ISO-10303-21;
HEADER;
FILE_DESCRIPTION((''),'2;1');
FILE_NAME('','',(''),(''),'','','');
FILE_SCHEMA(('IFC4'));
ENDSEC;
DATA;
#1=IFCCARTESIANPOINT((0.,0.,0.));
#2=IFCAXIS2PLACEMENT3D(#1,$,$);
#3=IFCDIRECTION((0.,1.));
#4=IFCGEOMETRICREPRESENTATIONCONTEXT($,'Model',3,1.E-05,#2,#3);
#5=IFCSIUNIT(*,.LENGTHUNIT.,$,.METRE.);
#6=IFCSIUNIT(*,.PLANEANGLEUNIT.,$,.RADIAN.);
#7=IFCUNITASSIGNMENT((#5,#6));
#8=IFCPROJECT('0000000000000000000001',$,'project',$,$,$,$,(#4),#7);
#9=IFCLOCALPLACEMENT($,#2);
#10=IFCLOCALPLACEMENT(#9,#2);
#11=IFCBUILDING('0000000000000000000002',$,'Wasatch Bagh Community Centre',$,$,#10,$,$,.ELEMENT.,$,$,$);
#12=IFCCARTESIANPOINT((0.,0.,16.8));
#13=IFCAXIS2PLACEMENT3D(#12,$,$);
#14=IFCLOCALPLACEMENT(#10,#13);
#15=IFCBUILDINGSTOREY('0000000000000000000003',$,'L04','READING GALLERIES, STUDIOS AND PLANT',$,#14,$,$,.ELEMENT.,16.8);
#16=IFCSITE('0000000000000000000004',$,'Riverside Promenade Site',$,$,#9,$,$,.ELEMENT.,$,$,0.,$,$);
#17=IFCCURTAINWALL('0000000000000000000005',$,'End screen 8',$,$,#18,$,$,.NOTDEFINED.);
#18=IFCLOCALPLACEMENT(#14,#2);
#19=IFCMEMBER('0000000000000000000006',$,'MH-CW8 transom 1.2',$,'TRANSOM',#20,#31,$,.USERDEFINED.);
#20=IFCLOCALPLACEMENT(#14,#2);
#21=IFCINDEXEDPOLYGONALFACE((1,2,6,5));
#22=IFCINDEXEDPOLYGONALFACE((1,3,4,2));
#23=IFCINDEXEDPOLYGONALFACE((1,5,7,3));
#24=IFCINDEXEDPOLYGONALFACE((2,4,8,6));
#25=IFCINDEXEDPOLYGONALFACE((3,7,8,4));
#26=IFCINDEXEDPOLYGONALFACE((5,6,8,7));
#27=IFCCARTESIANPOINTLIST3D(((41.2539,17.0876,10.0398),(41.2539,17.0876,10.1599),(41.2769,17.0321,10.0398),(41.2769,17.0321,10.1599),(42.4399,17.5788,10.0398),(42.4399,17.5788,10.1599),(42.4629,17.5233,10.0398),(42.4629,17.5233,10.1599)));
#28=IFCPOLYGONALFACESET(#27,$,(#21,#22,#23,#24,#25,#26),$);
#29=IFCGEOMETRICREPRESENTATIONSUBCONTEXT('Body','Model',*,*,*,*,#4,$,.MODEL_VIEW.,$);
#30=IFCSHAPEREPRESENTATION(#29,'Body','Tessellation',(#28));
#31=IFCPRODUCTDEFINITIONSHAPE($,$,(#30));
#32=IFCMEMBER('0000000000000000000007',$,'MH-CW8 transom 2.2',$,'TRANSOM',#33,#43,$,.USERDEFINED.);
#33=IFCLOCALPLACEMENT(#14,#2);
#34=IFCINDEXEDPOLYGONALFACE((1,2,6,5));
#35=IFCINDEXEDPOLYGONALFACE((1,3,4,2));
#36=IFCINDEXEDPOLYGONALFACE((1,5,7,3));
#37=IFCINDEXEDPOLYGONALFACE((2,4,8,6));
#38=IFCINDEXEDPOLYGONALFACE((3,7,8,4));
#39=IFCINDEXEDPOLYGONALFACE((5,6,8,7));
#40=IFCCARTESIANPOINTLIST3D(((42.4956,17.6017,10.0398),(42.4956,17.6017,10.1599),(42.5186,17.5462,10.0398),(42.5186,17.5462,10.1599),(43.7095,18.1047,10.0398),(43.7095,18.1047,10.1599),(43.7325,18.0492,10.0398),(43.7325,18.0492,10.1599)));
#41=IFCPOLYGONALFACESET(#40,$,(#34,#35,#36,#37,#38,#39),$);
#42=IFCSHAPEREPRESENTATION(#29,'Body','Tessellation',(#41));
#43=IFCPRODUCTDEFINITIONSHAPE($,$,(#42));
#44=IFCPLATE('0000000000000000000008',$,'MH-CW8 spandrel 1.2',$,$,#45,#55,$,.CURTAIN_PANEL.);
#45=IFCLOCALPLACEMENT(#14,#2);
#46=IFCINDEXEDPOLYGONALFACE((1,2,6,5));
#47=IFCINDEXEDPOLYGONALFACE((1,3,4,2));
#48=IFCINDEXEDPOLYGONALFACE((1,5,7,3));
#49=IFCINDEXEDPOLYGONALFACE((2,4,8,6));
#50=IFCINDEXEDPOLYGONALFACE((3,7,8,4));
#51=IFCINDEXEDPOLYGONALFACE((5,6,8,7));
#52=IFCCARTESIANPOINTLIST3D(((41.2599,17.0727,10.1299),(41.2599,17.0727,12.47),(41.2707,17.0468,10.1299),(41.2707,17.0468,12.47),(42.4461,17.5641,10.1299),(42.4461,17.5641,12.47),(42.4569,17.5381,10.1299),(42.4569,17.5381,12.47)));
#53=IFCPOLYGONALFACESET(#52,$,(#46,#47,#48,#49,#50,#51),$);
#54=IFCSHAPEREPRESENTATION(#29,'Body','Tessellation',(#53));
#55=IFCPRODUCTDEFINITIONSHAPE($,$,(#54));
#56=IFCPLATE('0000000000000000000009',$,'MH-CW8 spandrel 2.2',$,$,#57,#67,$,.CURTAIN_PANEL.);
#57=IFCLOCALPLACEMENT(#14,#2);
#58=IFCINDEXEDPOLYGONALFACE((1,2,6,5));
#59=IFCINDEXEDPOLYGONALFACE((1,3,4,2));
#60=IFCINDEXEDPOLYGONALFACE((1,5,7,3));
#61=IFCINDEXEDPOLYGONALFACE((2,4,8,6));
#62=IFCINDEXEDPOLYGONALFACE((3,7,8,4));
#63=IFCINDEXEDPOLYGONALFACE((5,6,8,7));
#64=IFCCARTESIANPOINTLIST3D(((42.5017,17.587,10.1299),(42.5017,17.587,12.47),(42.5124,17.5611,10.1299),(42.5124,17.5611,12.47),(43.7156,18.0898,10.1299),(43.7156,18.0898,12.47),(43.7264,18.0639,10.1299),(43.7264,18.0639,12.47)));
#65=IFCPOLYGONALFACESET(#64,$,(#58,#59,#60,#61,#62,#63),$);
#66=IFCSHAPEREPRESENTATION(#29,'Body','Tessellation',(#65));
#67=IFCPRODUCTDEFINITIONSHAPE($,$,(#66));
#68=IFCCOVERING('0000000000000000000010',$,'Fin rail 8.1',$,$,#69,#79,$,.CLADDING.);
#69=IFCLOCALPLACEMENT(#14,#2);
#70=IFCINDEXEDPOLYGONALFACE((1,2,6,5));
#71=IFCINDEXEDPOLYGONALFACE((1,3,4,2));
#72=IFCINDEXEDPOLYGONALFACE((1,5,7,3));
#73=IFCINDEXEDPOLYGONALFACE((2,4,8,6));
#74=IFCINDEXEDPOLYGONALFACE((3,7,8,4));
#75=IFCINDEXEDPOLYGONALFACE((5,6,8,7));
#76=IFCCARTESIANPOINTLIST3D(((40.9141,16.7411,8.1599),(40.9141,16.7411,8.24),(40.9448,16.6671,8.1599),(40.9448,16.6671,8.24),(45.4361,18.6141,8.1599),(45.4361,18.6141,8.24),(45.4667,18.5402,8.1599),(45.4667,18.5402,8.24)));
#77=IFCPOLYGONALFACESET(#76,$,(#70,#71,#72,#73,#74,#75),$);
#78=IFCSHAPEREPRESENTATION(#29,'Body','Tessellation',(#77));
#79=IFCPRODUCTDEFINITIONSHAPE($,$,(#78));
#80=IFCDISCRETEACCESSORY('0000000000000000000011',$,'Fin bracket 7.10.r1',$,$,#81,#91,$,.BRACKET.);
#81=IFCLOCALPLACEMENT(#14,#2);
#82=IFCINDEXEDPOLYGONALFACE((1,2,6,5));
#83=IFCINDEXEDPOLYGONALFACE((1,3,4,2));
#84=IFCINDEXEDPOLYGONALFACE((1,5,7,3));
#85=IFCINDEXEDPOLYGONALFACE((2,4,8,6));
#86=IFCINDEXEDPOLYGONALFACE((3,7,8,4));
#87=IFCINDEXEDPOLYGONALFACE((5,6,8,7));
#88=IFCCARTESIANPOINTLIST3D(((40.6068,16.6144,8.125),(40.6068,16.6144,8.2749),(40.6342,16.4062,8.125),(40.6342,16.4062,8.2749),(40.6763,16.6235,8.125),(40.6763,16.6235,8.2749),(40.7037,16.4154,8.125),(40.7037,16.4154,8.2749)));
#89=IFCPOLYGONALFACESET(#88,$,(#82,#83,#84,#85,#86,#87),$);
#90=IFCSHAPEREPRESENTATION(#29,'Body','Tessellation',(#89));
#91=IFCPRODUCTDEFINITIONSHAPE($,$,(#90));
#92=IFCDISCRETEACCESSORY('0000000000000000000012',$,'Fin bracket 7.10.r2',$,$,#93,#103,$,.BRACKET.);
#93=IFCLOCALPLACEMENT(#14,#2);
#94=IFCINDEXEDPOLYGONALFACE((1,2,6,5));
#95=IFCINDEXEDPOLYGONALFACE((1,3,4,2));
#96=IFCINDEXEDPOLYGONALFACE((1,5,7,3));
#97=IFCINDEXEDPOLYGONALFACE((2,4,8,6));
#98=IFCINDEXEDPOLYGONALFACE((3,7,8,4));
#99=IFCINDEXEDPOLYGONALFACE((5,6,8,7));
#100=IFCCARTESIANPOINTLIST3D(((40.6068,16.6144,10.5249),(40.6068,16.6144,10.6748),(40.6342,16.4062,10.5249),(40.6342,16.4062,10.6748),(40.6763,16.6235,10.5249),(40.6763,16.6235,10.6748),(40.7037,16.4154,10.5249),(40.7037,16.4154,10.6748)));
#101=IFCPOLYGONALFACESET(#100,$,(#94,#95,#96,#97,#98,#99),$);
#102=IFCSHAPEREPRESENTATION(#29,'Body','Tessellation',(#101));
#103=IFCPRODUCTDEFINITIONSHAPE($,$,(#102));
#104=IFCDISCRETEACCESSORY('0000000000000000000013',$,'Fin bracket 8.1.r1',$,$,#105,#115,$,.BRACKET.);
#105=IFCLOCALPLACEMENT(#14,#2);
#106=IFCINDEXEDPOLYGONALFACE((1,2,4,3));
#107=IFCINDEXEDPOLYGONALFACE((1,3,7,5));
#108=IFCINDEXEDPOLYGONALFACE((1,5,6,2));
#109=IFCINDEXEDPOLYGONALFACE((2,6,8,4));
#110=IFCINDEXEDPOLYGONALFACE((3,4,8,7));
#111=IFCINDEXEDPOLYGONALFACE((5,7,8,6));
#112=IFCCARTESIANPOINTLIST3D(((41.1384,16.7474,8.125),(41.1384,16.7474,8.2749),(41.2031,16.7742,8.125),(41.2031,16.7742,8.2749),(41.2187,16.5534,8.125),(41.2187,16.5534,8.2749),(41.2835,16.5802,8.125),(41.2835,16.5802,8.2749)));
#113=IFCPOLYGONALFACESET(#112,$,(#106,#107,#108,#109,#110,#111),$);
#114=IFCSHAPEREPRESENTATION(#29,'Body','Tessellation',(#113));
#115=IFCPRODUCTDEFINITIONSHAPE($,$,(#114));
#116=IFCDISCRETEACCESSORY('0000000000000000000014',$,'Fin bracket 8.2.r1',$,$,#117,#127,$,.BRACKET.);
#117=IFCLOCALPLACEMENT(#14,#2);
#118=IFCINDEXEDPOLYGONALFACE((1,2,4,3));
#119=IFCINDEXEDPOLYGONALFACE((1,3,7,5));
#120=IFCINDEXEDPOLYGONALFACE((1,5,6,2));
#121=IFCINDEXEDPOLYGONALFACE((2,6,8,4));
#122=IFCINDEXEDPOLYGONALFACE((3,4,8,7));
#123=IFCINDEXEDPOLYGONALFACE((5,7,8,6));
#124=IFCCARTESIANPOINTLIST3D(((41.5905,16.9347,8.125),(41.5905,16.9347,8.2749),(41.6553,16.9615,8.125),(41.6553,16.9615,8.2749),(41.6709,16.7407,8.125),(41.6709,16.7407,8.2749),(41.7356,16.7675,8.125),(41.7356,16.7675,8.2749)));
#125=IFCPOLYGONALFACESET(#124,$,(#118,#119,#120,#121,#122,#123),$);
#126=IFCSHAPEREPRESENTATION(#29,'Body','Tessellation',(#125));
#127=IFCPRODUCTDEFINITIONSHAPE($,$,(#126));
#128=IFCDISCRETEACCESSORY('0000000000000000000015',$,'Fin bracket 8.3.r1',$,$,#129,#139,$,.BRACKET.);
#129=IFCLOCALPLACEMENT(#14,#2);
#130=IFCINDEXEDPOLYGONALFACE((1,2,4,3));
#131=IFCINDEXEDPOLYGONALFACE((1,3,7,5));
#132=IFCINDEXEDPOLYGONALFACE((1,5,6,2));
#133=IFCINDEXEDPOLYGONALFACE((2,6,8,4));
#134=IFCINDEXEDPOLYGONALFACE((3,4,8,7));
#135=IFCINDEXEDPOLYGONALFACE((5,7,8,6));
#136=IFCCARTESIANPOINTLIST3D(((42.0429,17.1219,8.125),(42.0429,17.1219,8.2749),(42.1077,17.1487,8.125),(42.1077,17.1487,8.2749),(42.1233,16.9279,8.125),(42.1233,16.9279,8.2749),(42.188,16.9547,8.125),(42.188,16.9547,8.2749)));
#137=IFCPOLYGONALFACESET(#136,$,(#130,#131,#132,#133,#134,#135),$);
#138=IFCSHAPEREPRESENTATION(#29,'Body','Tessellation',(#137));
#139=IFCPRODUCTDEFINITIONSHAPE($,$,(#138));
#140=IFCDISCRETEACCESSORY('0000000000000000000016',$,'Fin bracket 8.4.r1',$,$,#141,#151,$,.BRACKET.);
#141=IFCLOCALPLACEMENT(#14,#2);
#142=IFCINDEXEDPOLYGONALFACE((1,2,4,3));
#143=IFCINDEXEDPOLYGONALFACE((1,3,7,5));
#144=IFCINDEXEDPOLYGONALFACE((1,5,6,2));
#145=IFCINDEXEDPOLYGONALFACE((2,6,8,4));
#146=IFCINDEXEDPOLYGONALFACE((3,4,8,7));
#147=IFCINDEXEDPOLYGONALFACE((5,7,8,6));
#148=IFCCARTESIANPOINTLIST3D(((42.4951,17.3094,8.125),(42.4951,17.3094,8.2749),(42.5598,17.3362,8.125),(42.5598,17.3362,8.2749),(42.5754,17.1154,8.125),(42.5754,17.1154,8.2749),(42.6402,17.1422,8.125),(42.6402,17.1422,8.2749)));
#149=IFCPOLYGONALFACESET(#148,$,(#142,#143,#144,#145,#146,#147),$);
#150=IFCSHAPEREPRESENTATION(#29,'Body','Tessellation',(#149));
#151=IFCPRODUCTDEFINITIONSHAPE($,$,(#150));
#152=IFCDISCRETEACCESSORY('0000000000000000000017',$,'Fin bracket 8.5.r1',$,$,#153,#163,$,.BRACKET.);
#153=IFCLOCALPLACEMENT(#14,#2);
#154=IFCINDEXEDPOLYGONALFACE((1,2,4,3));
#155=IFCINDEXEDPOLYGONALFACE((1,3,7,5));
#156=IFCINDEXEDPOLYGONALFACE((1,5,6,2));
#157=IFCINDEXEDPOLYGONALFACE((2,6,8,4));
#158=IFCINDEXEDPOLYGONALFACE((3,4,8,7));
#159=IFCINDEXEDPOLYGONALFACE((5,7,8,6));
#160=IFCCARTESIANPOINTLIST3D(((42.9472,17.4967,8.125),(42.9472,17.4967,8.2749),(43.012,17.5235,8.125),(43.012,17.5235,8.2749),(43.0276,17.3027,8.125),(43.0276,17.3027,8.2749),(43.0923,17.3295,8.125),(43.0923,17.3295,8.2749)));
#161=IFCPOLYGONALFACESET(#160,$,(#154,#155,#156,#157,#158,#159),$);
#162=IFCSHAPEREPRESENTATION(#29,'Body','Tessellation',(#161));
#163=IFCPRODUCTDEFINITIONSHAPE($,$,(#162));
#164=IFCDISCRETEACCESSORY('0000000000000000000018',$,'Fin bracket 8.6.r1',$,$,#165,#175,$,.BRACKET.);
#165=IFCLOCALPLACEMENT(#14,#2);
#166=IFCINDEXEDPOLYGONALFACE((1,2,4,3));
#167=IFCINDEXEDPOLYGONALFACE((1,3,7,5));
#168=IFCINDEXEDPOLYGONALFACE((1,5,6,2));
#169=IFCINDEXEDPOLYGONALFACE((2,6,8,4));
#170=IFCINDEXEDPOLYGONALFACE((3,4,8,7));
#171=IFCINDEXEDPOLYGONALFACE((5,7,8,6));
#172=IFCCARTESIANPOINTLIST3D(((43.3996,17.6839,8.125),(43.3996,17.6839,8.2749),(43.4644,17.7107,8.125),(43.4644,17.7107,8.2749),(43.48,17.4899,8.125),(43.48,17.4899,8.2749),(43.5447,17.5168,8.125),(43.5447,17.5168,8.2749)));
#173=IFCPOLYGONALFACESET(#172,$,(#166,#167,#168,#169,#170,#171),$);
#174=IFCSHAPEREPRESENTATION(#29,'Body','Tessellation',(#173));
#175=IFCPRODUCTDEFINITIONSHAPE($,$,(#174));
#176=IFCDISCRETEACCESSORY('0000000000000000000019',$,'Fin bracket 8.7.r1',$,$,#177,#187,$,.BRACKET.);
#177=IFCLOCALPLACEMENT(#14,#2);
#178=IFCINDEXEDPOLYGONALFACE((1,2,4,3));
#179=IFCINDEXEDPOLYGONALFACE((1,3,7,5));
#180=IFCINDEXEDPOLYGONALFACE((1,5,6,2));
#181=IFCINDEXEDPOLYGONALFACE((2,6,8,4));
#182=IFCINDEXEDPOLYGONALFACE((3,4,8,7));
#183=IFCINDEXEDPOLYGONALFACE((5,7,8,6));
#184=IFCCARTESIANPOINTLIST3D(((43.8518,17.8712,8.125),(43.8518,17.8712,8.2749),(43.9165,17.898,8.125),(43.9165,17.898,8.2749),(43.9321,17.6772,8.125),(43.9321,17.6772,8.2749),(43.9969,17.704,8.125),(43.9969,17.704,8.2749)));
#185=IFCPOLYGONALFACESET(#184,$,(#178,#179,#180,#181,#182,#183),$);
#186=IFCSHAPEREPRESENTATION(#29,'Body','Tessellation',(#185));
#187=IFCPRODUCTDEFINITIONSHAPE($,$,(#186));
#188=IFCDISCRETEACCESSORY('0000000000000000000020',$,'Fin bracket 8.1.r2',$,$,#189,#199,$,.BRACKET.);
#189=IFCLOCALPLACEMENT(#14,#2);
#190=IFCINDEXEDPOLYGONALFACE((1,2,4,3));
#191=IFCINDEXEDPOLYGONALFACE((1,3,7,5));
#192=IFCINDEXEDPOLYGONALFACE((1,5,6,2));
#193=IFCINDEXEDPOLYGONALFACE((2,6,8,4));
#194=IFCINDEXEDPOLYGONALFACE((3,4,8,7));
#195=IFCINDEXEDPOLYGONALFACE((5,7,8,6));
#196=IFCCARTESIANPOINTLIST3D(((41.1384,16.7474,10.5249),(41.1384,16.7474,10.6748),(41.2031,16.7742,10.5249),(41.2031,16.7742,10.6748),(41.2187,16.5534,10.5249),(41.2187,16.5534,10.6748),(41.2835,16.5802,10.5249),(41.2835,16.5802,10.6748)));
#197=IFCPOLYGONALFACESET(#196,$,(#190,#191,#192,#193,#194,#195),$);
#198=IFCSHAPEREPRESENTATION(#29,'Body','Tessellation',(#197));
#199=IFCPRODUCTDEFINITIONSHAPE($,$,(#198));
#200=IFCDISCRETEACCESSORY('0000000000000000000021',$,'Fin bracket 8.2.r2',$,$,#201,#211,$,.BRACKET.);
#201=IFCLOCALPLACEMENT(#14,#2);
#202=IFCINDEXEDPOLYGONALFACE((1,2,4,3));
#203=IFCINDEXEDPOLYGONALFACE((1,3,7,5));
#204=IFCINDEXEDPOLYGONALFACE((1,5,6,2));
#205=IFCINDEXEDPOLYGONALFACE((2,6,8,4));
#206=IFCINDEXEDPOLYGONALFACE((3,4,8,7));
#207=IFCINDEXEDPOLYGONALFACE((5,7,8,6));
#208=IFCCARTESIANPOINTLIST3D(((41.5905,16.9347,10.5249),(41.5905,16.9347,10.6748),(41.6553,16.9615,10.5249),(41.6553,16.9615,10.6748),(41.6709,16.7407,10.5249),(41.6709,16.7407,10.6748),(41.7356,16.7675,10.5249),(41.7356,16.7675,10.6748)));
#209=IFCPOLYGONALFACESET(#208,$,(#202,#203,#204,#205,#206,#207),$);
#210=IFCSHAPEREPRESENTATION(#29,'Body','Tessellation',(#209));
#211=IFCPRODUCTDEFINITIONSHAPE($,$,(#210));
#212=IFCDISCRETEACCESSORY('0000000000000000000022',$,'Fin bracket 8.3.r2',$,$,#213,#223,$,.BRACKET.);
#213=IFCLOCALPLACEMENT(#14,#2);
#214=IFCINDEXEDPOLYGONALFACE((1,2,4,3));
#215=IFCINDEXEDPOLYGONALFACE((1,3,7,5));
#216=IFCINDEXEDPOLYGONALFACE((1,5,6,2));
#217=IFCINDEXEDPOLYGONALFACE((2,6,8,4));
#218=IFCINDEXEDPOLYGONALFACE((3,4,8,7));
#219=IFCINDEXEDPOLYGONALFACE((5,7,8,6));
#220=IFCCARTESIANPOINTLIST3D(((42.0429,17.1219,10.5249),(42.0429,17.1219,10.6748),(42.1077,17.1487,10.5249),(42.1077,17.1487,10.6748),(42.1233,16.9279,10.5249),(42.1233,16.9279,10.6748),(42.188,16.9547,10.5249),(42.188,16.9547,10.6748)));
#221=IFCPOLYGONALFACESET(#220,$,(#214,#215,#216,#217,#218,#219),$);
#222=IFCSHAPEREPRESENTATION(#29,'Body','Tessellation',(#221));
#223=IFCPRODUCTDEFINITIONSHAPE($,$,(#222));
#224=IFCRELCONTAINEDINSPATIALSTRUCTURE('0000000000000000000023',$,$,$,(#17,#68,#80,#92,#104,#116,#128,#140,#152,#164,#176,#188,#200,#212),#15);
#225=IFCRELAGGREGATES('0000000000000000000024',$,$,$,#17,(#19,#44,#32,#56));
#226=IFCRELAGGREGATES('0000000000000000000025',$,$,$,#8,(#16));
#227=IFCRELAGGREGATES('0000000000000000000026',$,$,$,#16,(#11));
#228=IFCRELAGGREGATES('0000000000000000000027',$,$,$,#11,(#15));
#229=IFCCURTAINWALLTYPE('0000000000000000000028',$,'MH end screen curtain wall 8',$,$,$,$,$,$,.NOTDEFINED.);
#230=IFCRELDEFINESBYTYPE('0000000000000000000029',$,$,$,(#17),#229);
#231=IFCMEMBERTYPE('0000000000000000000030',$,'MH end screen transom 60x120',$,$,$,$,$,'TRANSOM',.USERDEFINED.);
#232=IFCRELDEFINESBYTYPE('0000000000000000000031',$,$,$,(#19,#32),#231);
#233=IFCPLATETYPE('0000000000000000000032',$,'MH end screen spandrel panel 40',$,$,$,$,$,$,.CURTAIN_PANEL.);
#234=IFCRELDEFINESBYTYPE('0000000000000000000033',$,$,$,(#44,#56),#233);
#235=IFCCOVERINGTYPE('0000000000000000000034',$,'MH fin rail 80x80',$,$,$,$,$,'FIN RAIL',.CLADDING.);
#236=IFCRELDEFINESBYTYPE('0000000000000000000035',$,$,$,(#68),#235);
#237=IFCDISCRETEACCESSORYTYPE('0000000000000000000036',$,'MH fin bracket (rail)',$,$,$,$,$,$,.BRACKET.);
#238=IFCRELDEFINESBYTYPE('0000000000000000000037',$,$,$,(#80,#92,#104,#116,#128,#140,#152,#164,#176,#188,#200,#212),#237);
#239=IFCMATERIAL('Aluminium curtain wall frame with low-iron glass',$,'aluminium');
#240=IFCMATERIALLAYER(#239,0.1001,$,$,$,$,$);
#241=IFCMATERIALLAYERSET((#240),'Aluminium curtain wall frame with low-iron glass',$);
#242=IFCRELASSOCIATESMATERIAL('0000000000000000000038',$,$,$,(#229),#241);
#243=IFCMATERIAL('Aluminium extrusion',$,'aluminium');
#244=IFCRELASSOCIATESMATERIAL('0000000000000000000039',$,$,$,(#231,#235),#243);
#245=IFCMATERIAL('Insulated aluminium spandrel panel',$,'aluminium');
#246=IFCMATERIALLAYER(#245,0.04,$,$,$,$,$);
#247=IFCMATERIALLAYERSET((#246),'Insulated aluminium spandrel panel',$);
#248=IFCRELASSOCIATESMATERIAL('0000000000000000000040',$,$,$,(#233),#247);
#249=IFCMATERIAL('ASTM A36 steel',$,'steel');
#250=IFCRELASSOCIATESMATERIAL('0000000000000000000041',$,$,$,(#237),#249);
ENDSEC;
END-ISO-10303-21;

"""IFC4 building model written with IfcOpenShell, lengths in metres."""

from ifc_helpers import new_model, si_unit, direction, frame, origin, origin_2d, place, context, subcontext, project, spatial, rectangle, extrude, material, layer, layer_set, material_profile, profile_set, type_object, element, aggregate, save


model = new_model("IFC4")

# Units and contexts
model_context = context("Model", 3, precision=1e-05, world=origin(), true_north=direction((0.0, 1.0)))
body_context = subcontext(model_context, "Body", "Model", "MODEL_VIEW")
ifc_project = project(units=[si_unit("LENGTHUNIT", "METRE"), si_unit("PLANEANGLEUNIT", "RADIAN")], contexts=[model_context])

# Site, building, storey
site_placement = place(None, origin())
site = spatial("IfcSite", under=ifc_project, at=site_placement, Name="Riverside Promenade Site", CompositionType="ELEMENT", RefElevation=0.0)
building_placement = place(site_placement, origin())
building = spatial("IfcBuilding", under=site, at=building_placement, Name="Wasatch Bagh Community Centre", CompositionType="ELEMENT")
storey_placement = place(building_placement, frame((0.0, 0.0, 16.8)))
storey = spatial("IfcBuildingStorey", under=building, at=storey_placement, Name="L04", Description="READING GALLERIES, STUDIOS AND PLANT", CompositionType="ELEMENT", Elevation=16.8)

# Curtain wall, members, plates
ifc_material_1 = material(Name="Aluminium curtain wall frame with low-iron glass", Category="aluminium")
ifc_layer_1 = layer(ifc_material_1, 0.1001)
ifc_layer_set_1 = layer_set([ifc_layer_1], Name="Aluminium curtain wall frame with low-iron glass")
curtain_wall_type = type_object("IfcCurtainWallType", Name="MH end screen curtain wall 8", PredefinedType="NOTDEFINED", material=ifc_layer_set_1)
curtain_wall_placement = place(storey_placement, origin())
curtain_wall = element("IfcCurtainWall", 1, at=curtain_wall_placement, inside=storey, type_object=curtain_wall_type, Name="End screen 8", PredefinedType="NOTDEFINED")
ifc_material_2 = material(Name="Aluminium extrusion", Category="aluminium")
ifc_material_profile_1 = material_profile(ifc_material_2, rectangle(XDim=0.0601, YDim=0.1201, at=origin_2d()), Name="AL 60x120")
ifc_profile_set_1 = profile_set([ifc_material_profile_1], Name="Aluminium extrusion")
member_type = type_object("IfcMemberType", Name="MH end screen transom 60x120", ElementType="TRANSOM", PredefinedType="USERDEFINED", material=ifc_profile_set_1)
member_1_placement = place(storey_placement, frame((41.2654, 17.0598, 10.0999), z_axis=(0.923896, 0.382643, 0.0), x_axis=(-0.382643, 0.923896, 0.0)))
member_1 = element("IfcMember", 2, at=member_1_placement, type_object=member_type, Name="MH-CW8 transom 1.2", ObjectType="TRANSOM", PredefinedType="USERDEFINED", context=body_context, shape_type="SweptSolid", body=[
    extrude(rectangle(XDim=0.0601, YDim=0.1201, at=origin_2d()), origin(), (0.0, 0.0, 1.0), 1.2837),
])
member_2_placement = place(storey_placement, frame((42.5071, 17.574, 10.0999), z_axis=(0.923845, 0.382768, 0.0), x_axis=(-0.382768, 0.923845, 0.0)))
member_2 = element("IfcMember", 3, at=member_2_placement, type_object=member_type, Name="MH-CW8 transom 2.2", ObjectType="TRANSOM", PredefinedType="USERDEFINED", context=body_context, shape_type="SweptSolid", body=[
    extrude(rectangle(XDim=0.0601, YDim=0.1201, at=origin_2d()), origin(), (0.0, 0.0, 1.0), 1.314),
])
ifc_material_3 = material(Name="Insulated aluminium spandrel panel", Category="aluminium")
ifc_layer_2 = layer(ifc_material_3, 0.04)
ifc_layer_set_2 = layer_set([ifc_layer_2], Name="Insulated aluminium spandrel panel")
plate_type = type_object("IfcPlateType", Name="MH end screen spandrel panel 40", PredefinedType="CURTAIN_PANEL", material=ifc_layer_set_2)
plate_1_placement = place(storey_placement, frame((41.8584, 17.3054, 10.1299), z_axis=(0.0, 0.0, 1.0), x_axis=(0.92388, 0.382683, 0.0)))
plate_1 = element("IfcPlate", 4, at=plate_1_placement, type_object=plate_type, Name="MH-CW8 spandrel 1.2", PredefinedType="CURTAIN_PANEL", context=body_context, shape_type="SweptSolid", body=[
    extrude(rectangle(XDim=1.2839, YDim=0.0281, at=origin_2d()), origin(), (0.0, 0.0, 1.0), 2.3401),
])
plate_2_placement = place(storey_placement, frame((43.114, 17.8254, 10.1299), z_axis=(0.0, 0.0, 1.0), x_axis=(0.92388, 0.382683, 0.0)))
plate_2 = element("IfcPlate", 5, at=plate_2_placement, type_object=plate_type, Name="MH-CW8 spandrel 2.2", PredefinedType="CURTAIN_PANEL", context=body_context, shape_type="SweptSolid", body=[
    extrude(rectangle(XDim=1.314, YDim=0.0281, at=origin_2d()), origin(), (0.0, 0.0, 1.0), 2.3401),
])
aggregate(curtain_wall, [member_1, plate_1, member_2, plate_2])

# Covering
ifc_material_profile_2 = material_profile(ifc_material_2, rectangle(XDim=0.0801, YDim=0.0801, at=origin_2d()), Name="AL 80x80")
ifc_profile_set_2 = profile_set([ifc_material_profile_2], Name="Aluminium extrusion")
covering_type = type_object("IfcCoveringType", Name="MH fin rail 80x80", ElementType="FIN RAIL", PredefinedType="CLADDING", material=ifc_profile_set_2)
covering_placement = place(storey_placement, frame((40.9294, 16.7041, 8.2), z_axis=(0.923881, 0.382681, 0.0), x_axis=(-0.382681, 0.923881, 0.0)))
element("IfcCovering", 6, at=covering_placement, inside=storey, type_object=covering_type, Name="Fin rail 8.1", PredefinedType="CLADDING", context=body_context, shape_type="SweptSolid", body=[
    extrude(rectangle(XDim=0.0801, YDim=0.0801, at=origin_2d()), origin(), (0.0, 0.0, 1.0), 4.8945),
])

# Discrete accessories
ifc_material_4 = material(Name="ASTM A36 steel", Category="steel")
discrete_accessory_type_1 = type_object("IfcDiscreteAccessoryType", Name="MH fin bracket (rail)", PredefinedType="BRACKET", material=ifc_material_4)
for number, where, z_axis, x_axis, name in (
    (7, (40.6553, 16.5149, 8.125), (0.0, 0.0, 1.0), (0.991445, 0.130526, 0.0), "Fin bracket 7.10.r1"),
    (8, (40.6553, 16.5149, 10.5249), (0.0, 0.0, 1.0), (0.991445, 0.130526, 0.0), "Fin bracket 7.10.r2"),
    (9, (41.2109, 16.6638, 8.125), (0.0, 0.0, 1.0), (0.92388, 0.382683, 0.0), "Fin bracket 8.1.r1"),
    (10, (41.6631, 16.8511, 8.125), (0.0, 0.0, 1.0), (0.92388, 0.382683, 0.0), "Fin bracket 8.2.r1"),
    (11, (42.1155, 17.0383, 8.125), (0.0, 0.0, 1.0), (0.92388, 0.382683, 0.0), "Fin bracket 8.3.r1"),
    (12, (42.5676, 17.2258, 8.125), (0.0, 0.0, 1.0), (0.92388, 0.382683, 0.0), "Fin bracket 8.4.r1"),
    (13, (43.0198, 17.4131, 8.125), (0.0, 0.0, 1.0), (0.92388, 0.382683, 0.0), "Fin bracket 8.5.r1"),
    (14, (43.4722, 17.6003, 8.125), (0.0, 0.0, 1.0), (0.92388, 0.382683, 0.0), "Fin bracket 8.6.r1"),
    (15, (43.9243, 17.7876, 8.125), (0.0, 0.0, 1.0), (0.92388, 0.382683, 0.0), "Fin bracket 8.7.r1"),
    (16, (41.2109, 16.6638, 10.5249), (0.0, 0.0, 1.0), (0.92388, 0.382683, 0.0), "Fin bracket 8.1.r2"),
    (17, (41.6631, 16.8511, 10.5249), (0.0, 0.0, 1.0), (0.92388, 0.382683, 0.0), "Fin bracket 8.2.r2"),
    (18, (42.1155, 17.0383, 10.5249), (0.0, 0.0, 1.0), (0.92388, 0.382683, 0.0), "Fin bracket 8.3.r2"),
):
    element("IfcDiscreteAccessory", number, at=place(storey_placement, frame(where, z_axis=z_axis, x_axis=x_axis)), inside=storey, type_object=discrete_accessory_type_1, Name=name, PredefinedType="BRACKET", context=body_context, shape_type="SweptSolid", body=[
        extrude(rectangle(XDim=0.0701, YDim=0.21, at=origin_2d()), origin(), (0.0, 0.0, 1.0), 0.1499),
    ])

save(model, "model.ifc")
